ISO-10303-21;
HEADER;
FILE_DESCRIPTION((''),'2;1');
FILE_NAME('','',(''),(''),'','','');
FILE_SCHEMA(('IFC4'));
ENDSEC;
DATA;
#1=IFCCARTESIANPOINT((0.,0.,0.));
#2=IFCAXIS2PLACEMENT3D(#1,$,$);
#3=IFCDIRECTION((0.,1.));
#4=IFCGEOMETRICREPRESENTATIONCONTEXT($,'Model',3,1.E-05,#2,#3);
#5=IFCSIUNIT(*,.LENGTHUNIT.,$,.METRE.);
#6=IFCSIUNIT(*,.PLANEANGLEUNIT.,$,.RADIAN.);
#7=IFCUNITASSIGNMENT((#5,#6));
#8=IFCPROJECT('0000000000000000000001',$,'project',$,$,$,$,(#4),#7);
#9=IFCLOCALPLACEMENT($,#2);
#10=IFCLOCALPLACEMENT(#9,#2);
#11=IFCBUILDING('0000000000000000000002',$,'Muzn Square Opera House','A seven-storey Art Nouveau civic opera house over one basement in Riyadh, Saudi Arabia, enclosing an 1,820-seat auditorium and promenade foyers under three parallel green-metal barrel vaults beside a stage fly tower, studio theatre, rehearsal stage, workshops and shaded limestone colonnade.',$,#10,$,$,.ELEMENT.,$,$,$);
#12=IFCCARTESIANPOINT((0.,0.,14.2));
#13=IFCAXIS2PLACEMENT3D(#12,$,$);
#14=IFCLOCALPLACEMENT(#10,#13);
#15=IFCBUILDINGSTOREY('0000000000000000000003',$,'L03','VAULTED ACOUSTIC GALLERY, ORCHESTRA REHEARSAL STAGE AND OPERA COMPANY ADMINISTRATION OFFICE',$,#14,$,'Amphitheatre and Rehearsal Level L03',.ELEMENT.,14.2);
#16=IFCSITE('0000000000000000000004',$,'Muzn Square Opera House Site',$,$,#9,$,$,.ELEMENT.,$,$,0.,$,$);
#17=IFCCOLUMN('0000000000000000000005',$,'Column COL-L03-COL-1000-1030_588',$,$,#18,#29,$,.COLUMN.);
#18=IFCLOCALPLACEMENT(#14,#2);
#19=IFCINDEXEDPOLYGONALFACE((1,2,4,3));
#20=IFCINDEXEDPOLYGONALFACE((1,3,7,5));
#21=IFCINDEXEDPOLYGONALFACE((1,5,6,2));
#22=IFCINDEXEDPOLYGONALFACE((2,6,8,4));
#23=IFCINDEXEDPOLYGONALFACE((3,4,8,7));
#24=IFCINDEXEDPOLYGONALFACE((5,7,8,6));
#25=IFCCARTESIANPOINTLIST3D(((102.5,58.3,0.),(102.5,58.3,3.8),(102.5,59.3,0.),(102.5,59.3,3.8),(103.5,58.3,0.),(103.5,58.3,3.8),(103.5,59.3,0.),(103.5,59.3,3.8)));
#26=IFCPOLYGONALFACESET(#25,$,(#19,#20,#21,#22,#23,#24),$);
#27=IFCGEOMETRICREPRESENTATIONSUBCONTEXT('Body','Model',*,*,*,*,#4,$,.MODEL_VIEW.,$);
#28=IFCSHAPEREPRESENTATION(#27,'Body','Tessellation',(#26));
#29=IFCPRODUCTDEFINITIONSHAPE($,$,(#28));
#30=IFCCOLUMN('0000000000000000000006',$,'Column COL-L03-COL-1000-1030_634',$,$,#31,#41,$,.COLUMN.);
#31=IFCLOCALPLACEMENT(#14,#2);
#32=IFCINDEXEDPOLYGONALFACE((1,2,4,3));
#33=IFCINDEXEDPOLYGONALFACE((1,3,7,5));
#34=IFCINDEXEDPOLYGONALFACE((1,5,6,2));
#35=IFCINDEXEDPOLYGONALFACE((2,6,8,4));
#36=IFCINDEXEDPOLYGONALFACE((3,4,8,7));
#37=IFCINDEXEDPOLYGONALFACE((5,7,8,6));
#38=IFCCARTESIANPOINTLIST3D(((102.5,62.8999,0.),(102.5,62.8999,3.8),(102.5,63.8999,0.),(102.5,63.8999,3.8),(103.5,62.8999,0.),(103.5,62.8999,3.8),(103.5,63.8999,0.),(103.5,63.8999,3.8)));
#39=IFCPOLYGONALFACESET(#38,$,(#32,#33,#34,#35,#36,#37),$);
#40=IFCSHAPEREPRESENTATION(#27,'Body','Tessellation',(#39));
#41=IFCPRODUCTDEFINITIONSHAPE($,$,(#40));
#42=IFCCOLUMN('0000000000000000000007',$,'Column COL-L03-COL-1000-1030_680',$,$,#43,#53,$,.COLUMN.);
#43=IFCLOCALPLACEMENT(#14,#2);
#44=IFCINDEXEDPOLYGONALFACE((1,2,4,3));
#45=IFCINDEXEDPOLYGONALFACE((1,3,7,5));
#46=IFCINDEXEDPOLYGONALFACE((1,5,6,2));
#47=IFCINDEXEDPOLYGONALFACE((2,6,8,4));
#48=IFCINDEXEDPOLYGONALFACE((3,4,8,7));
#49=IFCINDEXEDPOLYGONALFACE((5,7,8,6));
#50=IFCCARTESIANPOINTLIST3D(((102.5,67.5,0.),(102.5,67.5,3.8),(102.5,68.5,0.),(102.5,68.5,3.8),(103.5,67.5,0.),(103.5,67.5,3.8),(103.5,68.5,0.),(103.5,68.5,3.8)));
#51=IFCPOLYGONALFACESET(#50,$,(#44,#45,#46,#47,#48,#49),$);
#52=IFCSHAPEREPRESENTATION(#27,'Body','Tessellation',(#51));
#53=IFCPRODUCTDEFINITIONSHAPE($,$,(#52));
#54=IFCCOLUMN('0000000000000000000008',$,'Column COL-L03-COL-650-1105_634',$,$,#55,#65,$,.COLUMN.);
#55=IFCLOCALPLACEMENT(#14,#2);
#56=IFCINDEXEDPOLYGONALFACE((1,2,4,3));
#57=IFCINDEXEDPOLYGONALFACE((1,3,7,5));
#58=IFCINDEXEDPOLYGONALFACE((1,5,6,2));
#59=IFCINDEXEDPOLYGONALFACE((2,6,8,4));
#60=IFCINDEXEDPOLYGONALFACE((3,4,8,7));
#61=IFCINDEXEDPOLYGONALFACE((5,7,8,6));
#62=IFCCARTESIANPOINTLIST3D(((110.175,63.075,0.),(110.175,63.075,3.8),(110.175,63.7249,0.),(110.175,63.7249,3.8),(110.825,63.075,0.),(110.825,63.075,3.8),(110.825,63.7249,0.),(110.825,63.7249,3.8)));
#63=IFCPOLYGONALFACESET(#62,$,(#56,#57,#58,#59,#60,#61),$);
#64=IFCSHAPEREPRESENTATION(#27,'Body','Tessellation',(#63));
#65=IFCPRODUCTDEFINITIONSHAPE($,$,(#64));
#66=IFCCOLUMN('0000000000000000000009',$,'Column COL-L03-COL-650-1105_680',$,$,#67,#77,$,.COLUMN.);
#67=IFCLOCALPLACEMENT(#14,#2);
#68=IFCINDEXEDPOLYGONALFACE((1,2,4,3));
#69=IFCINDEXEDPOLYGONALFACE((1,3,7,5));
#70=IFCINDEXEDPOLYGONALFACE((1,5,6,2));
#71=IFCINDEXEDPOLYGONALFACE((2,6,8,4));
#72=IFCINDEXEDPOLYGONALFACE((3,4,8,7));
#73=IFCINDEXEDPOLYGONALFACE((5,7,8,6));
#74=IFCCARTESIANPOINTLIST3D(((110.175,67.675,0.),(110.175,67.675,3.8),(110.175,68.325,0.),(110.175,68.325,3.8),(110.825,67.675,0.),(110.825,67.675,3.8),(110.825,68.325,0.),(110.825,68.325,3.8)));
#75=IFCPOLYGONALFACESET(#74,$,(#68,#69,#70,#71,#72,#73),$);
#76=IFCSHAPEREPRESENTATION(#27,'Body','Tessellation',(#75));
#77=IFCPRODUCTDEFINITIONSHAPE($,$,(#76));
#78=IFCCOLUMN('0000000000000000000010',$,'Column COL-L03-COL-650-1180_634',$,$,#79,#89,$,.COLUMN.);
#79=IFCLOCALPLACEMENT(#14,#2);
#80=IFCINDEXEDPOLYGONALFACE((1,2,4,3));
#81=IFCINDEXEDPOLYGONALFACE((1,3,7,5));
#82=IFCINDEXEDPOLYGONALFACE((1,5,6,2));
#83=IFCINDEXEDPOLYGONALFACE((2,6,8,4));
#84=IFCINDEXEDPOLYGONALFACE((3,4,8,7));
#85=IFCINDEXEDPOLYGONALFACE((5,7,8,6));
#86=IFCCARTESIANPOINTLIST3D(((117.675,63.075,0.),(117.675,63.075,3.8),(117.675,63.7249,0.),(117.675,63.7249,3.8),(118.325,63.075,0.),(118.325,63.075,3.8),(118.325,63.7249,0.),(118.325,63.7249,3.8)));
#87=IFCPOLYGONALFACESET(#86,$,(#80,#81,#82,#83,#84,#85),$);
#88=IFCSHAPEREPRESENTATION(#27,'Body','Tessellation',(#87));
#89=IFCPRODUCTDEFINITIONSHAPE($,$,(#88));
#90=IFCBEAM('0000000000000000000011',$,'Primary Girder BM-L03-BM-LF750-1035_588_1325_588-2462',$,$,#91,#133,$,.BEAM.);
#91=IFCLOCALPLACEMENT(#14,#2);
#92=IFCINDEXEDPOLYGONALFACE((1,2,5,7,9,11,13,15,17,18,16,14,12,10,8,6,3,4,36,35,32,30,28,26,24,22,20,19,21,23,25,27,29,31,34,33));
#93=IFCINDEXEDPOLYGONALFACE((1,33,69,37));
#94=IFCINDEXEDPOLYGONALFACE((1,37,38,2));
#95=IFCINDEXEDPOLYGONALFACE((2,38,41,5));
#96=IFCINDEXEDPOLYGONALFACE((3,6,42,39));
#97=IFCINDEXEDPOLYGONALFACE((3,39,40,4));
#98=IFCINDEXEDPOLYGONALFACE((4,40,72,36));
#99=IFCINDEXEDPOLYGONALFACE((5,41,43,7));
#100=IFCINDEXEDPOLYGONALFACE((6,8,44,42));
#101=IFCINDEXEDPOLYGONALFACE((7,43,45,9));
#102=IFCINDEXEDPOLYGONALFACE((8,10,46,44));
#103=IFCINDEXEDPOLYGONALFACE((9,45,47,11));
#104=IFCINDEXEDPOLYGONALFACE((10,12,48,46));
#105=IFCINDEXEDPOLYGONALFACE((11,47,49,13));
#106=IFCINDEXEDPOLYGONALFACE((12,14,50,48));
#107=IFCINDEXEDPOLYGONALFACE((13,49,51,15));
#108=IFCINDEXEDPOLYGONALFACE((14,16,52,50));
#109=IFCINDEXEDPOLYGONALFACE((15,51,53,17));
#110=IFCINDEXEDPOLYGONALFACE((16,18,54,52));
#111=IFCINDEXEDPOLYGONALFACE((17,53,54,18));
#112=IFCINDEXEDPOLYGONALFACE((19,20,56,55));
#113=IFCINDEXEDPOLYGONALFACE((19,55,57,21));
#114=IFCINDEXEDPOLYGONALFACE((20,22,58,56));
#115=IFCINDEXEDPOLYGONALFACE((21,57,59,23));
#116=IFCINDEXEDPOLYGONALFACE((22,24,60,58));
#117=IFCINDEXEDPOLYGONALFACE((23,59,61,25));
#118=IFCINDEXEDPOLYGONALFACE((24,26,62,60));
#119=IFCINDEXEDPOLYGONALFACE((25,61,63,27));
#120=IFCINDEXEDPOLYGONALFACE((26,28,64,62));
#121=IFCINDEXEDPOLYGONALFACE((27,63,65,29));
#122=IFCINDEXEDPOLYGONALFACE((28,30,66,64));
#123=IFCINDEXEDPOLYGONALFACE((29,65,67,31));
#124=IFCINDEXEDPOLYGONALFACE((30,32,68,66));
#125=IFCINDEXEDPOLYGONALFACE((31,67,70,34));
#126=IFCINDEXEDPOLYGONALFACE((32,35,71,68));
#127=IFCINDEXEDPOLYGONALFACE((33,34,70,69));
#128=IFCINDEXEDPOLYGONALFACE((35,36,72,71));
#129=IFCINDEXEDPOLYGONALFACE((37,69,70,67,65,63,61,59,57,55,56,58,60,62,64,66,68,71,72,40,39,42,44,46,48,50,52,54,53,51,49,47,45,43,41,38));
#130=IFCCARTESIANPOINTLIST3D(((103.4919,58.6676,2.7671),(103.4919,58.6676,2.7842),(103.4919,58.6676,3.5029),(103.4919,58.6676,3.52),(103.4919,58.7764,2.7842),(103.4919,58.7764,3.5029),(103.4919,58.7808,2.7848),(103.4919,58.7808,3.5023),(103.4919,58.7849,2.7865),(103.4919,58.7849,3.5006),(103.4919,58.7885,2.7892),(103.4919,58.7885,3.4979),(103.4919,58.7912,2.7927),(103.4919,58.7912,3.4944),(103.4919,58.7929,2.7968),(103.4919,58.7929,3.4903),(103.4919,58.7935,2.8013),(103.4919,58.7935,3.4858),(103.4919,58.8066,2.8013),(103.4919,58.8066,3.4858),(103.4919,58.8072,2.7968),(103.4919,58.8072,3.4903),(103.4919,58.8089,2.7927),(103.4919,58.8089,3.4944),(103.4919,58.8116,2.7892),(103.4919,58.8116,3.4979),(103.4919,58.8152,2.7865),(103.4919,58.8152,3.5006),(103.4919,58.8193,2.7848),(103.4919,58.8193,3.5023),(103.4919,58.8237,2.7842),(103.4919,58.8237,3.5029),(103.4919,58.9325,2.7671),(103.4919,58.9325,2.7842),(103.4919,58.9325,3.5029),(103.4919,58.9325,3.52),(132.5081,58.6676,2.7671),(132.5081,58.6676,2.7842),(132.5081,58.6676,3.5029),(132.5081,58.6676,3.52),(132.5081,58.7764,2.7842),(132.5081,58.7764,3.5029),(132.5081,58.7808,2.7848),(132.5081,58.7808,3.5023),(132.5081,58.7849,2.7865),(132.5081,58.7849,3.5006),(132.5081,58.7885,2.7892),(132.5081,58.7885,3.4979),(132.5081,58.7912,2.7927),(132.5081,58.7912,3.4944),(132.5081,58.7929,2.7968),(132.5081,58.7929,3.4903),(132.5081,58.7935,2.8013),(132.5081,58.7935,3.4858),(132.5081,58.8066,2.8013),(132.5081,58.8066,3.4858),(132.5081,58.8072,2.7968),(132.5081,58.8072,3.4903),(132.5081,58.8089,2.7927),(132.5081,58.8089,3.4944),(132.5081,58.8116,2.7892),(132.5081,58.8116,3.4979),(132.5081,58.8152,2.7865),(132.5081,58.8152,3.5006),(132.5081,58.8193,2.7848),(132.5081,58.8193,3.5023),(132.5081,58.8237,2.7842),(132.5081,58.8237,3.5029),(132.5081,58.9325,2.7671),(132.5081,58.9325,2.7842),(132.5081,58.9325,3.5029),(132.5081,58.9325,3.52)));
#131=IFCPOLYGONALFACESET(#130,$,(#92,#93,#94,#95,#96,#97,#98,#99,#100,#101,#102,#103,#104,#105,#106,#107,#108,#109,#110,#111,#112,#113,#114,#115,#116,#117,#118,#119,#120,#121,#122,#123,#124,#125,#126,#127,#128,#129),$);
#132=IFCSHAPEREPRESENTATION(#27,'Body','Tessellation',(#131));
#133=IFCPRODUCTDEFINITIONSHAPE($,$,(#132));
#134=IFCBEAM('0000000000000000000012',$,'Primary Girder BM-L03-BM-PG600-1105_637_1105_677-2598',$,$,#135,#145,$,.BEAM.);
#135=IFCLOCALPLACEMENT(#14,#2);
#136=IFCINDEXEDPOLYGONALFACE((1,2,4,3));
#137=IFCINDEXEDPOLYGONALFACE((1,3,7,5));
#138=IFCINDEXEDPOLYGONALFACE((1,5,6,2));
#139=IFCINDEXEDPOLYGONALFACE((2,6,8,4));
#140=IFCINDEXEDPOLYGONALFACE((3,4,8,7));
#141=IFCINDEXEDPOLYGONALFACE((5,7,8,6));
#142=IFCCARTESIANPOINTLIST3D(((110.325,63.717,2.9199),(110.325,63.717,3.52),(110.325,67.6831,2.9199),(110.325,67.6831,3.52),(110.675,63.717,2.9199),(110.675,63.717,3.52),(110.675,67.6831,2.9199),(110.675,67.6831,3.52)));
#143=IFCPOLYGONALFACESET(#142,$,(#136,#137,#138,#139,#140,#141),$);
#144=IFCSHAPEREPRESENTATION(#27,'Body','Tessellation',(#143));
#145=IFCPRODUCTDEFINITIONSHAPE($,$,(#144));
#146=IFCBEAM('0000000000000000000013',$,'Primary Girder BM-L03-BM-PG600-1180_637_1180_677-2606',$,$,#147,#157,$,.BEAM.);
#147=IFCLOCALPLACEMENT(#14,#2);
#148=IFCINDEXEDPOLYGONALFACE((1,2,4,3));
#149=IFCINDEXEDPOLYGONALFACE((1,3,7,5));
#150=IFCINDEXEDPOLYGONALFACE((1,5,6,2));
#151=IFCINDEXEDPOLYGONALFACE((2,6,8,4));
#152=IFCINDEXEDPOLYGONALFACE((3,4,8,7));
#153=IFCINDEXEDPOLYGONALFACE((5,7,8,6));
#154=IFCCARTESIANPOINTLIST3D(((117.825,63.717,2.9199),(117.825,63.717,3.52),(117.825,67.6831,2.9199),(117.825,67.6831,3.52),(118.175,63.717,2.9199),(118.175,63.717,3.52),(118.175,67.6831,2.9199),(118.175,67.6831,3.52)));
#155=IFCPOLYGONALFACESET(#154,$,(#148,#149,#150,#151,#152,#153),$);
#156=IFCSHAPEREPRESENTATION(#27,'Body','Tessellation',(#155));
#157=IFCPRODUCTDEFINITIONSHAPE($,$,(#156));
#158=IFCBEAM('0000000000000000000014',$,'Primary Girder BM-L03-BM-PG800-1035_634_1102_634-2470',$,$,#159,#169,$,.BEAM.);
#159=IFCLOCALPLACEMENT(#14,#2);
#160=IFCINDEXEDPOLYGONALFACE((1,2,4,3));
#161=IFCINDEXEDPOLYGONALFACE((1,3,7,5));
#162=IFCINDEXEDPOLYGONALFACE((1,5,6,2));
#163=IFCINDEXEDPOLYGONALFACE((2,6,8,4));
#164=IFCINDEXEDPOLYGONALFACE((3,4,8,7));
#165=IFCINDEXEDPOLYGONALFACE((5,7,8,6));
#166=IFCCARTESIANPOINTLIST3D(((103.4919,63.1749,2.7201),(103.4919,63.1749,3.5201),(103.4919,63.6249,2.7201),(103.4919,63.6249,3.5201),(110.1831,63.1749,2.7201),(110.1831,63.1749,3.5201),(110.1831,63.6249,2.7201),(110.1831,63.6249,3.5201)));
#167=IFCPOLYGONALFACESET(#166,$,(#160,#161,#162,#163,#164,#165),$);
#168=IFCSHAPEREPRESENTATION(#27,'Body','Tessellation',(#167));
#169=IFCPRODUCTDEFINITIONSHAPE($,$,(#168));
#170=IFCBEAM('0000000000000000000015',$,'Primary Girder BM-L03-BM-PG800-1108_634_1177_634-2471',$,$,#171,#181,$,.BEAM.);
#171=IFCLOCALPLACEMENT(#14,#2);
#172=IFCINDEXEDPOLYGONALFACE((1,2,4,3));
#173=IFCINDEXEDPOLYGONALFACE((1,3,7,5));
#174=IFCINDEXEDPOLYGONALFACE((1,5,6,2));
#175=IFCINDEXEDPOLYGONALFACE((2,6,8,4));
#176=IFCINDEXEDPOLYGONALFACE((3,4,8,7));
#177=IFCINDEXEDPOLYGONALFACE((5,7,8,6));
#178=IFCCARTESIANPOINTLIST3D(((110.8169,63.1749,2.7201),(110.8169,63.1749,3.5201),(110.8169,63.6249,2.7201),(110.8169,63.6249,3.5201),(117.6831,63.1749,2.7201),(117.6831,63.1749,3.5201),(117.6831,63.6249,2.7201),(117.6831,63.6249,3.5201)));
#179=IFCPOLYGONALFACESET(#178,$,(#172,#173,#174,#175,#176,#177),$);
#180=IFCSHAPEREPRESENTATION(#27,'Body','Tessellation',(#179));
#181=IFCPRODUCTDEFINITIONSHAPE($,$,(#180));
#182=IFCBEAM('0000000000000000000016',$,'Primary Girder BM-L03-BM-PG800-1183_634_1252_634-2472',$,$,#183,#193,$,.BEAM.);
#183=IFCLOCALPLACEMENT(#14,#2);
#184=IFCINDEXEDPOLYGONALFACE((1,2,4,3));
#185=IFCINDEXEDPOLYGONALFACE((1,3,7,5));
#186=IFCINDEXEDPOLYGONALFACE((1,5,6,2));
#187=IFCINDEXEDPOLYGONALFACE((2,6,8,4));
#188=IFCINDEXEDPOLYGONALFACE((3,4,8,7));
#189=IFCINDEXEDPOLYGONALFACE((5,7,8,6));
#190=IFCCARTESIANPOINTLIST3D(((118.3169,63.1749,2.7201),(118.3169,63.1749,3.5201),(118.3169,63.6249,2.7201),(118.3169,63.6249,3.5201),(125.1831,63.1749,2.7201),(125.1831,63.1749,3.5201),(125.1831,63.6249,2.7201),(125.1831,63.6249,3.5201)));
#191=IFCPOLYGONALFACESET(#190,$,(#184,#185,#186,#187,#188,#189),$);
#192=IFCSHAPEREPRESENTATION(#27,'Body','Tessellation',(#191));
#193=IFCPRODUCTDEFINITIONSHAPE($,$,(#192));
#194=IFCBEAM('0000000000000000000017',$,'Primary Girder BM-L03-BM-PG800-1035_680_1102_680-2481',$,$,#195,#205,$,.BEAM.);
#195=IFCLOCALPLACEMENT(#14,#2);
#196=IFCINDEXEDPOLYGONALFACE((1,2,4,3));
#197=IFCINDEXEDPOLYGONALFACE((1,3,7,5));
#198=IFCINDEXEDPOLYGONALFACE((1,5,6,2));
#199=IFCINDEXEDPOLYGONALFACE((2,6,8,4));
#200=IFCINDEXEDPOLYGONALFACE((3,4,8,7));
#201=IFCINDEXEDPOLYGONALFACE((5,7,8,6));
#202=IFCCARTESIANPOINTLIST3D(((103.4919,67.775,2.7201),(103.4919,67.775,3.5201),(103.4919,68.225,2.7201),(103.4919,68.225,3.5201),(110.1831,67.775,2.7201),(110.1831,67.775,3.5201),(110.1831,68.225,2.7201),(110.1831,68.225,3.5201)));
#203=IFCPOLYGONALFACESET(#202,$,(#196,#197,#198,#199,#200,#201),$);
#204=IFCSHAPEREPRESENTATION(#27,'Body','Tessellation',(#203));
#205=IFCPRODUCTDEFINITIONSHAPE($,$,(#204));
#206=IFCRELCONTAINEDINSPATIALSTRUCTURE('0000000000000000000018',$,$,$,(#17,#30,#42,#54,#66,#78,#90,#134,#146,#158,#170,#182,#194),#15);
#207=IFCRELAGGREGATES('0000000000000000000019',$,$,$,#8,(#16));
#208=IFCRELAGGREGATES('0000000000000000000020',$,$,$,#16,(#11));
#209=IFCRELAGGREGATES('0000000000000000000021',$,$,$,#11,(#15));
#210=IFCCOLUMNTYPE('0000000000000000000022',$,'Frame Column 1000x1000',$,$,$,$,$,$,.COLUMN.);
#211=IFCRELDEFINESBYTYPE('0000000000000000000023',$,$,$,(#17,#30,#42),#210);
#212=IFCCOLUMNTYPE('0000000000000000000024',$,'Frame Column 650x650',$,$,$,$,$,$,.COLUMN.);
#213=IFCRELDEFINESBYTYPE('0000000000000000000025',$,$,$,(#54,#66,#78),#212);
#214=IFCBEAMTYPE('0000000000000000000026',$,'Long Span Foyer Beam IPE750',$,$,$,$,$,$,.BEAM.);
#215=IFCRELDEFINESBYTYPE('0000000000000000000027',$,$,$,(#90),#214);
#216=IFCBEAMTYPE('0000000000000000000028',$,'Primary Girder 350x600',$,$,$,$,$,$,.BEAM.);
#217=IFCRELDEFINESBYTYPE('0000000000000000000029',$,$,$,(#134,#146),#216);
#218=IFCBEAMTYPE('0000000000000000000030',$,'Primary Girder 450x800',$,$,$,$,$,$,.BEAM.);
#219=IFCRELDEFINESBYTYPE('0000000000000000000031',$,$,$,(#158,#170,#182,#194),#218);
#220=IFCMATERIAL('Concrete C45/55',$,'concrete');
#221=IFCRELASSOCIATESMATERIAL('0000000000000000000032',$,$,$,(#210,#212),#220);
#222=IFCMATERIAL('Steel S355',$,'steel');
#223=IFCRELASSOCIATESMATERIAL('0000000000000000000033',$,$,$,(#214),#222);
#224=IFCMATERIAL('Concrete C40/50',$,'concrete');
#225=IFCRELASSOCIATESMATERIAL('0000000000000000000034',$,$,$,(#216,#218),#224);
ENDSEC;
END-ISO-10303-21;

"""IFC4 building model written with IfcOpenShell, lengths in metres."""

from ifc_helpers import new_model, si_unit, direction, frame, origin, origin_2d, place, context, subcontext, project, spatial, rectangle, i_section, extrude, material, material_profile, profile_set, type_object, element, save


model = new_model("IFC4")

# Units and contexts
model_context = context("Model", 3, precision=1e-05, world=origin(), true_north=direction((0.0, 1.0)))
body_context = subcontext(model_context, "Body", "Model", "MODEL_VIEW")
ifc_project = project(units=[si_unit("LENGTHUNIT", "METRE"), si_unit("PLANEANGLEUNIT", "RADIAN")], contexts=[model_context])

# Site, building, storey
site_placement = place(None, origin())
site = spatial("IfcSite", under=ifc_project, at=site_placement, Name="Muzn Square Opera House Site", CompositionType="ELEMENT", RefElevation=0.0)
building_placement = place(site_placement, origin())
building = spatial("IfcBuilding", under=site, at=building_placement, Name="Muzn Square Opera House", Description="A seven-storey Art Nouveau civic opera house over one basement in Riyadh, Saudi Arabia, enclosing an 1,820-seat auditorium and promenade foyers under three parallel green-metal barrel vaults beside a stage fly tower, studio theatre, rehearsal stage, workshops and shaded limestone colonnade.", CompositionType="ELEMENT")
storey_placement = place(building_placement, frame((0.0, 0.0, 14.2)))
storey = spatial("IfcBuildingStorey", under=building, at=storey_placement, Name="L03", Description="VAULTED ACOUSTIC GALLERY, ORCHESTRA REHEARSAL STAGE AND OPERA COMPANY ADMINISTRATION OFFICE", LongName="Amphitheatre and Rehearsal Level L03", CompositionType="ELEMENT", Elevation=14.2)

# Columns
ifc_material_1 = material(Name="Concrete C45/55", Category="concrete")
ifc_material_profile_1 = material_profile(ifc_material_1, rectangle(XDim=1.0, YDim=1.0, at=origin_2d()), Name="RC 1000x1000", Category="concrete")
ifc_profile_set_1 = profile_set([ifc_material_profile_1], Name="Concrete C45/55")
column_type_1 = type_object("IfcColumnType", Name="Frame Column 1000x1000", PredefinedType="COLUMN", material=ifc_profile_set_1)
for number, where, z_axis, x_axis, name in (
    (1, (103.0, 58.8, 0.0), (0.0, 0.0, 1.0), (1.0, 0.0, 0.0), "Column COL-L03-COL-1000-1030_588"),
    (2, (103.0, 63.3999, 0.0), (0.0, 0.0, 1.0), (1.0, 0.0, 0.0), "Column COL-L03-COL-1000-1030_634"),
    (3, (103.0, 68.0, 0.0), (0.0, 0.0, 1.0), (1.0, 0.0, 0.0), "Column COL-L03-COL-1000-1030_680"),
):
    element("IfcColumn", number, at=place(storey_placement, frame(where, z_axis=z_axis, x_axis=x_axis)), inside=storey, type_object=column_type_1, Name=name, PredefinedType="COLUMN", context=body_context, shape_type="SweptSolid", body=[
        extrude(rectangle(XDim=1.0, YDim=1.0, at=origin_2d()), origin(), (0.0, 0.0, 1.0), 3.8),
    ])
ifc_material_profile_2 = material_profile(ifc_material_1, rectangle(XDim=0.6499, YDim=0.6499, at=origin_2d()), Name="RC 650x650", Category="concrete")
ifc_profile_set_2 = profile_set([ifc_material_profile_2], Name="Concrete C45/55")
column_type_2 = type_object("IfcColumnType", Name="Frame Column 650x650", PredefinedType="COLUMN", material=ifc_profile_set_2)
for number, where, z_axis, x_axis, name in (
    (4, (110.5, 63.3999, 0.0), (0.0, 0.0, 1.0), (1.0, 0.0, 0.0), "Column COL-L03-COL-650-1105_634"),
    (5, (110.5, 68.0, 0.0), (0.0, 0.0, 1.0), (1.0, 0.0, 0.0), "Column COL-L03-COL-650-1105_680"),
    (6, (118.0, 63.3999, 0.0), (0.0, 0.0, 1.0), (1.0, 0.0, 0.0), "Column COL-L03-COL-650-1180_634"),
):
    element("IfcColumn", number, at=place(storey_placement, frame(where, z_axis=z_axis, x_axis=x_axis)), inside=storey, type_object=column_type_2, Name=name, PredefinedType="COLUMN", context=body_context, shape_type="SweptSolid", body=[
        extrude(rectangle(XDim=0.6499, YDim=0.6499, at=origin_2d()), origin(), (0.0, 0.0, 1.0), 3.8),
    ])

# Beams
ifc_material_2 = material(Name="Steel S355", Category="steel")
ifc_material_profile_3 = material_profile(ifc_material_2, i_section(OverallWidth=0.2649, OverallDepth=0.7529, WebThickness=0.0132, FlangeThickness=0.0171, FilletRadius=0.0171, at=origin_2d()), Name="IPE 750x147", Category="steel")
ifc_profile_set_3 = profile_set([ifc_material_profile_3], Name="Steel S355")
beam_type_1 = type_object("IfcBeamType", Name="Long Span Foyer Beam IPE750", PredefinedType="BEAM", material=ifc_profile_set_3)
beam_1_placement = place(storey_placement, frame((103.4919, 58.8, 3.1436), z_axis=(1.0, 0.0, 0.0), x_axis=(0.0, 1.0, 0.0)))
element("IfcBeam", 7, at=beam_1_placement, inside=storey, type_object=beam_type_1, Name="Primary Girder BM-L03-BM-LF750-1035_588_1325_588-2462", PredefinedType="BEAM", context=body_context, shape_type="SweptSolid", body=[
    extrude(i_section(OverallWidth=0.2649, OverallDepth=0.7529, WebThickness=0.0132, FlangeThickness=0.0171, FilletRadius=0.0171, at=origin_2d()), origin(), (0.0, 0.0, 1.0), 29.0161),
])
ifc_material_3 = material(Name="Concrete C40/50", Category="concrete")
ifc_material_profile_4 = material_profile(ifc_material_3, rectangle(XDim=0.3501, YDim=0.6001, at=origin_2d()), Name="RCB 350x600", Category="concrete")
ifc_profile_set_4 = profile_set([ifc_material_profile_4], Name="Concrete C40/50")
beam_type_2 = type_object("IfcBeamType", Name="Primary Girder 350x600", PredefinedType="BEAM", material=ifc_profile_set_4)
for number, where, z_axis, x_axis, name in (
    (8, (110.5, 63.717, 3.22), (0.0, 1.0, 0.0), (-1.0, 0.0, 0.0), "Primary Girder BM-L03-BM-PG600-1105_637_1105_677-2598"),
    (9, (118.0, 63.717, 3.22), (0.0, 1.0, 0.0), (-1.0, 0.0, 0.0), "Primary Girder BM-L03-BM-PG600-1180_637_1180_677-2606"),
):
    element("IfcBeam", number, at=place(storey_placement, frame(where, z_axis=z_axis, x_axis=x_axis)), inside=storey, type_object=beam_type_2, Name=name, PredefinedType="BEAM", context=body_context, shape_type="SweptSolid", body=[
        extrude(rectangle(XDim=0.3501, YDim=0.6001, at=origin_2d()), origin(), (0.0, 0.0, 1.0), 3.9661),
    ])
ifc_material_profile_5 = material_profile(ifc_material_3, rectangle(XDim=0.45, YDim=0.8, at=origin_2d()), Name="RCB 450x800", Category="concrete")
ifc_profile_set_5 = profile_set([ifc_material_profile_5], Name="Concrete C40/50")
beam_type_3 = type_object("IfcBeamType", Name="Primary Girder 450x800", PredefinedType="BEAM", material=ifc_profile_set_5)
beam_2_placement = place(storey_placement, frame((103.4919, 63.3999, 3.1201), z_axis=(1.0, 0.0, 0.0), x_axis=(0.0, 1.0, 0.0)))
element("IfcBeam", 10, at=beam_2_placement, inside=storey, type_object=beam_type_3, Name="Primary Girder BM-L03-BM-PG800-1035_634_1102_634-2470", PredefinedType="BEAM", context=body_context, shape_type="SweptSolid", body=[
    extrude(rectangle(XDim=0.45, YDim=0.8, at=origin_2d()), origin(), (0.0, 0.0, 1.0), 6.6912),
])
for number, where, z_axis, x_axis, name in (
    (11, (110.8169, 63.3999, 3.1201), (1.0, 0.0, 0.0), (0.0, 1.0, 0.0), "Primary Girder BM-L03-BM-PG800-1108_634_1177_634-2471"),
    (12, (118.3169, 63.3999, 3.1201), (1.0, 0.0, 0.0), (0.0, 1.0, 0.0), "Primary Girder BM-L03-BM-PG800-1183_634_1252_634-2472"),
):
    element("IfcBeam", number, at=place(storey_placement, frame(where, z_axis=z_axis, x_axis=x_axis)), inside=storey, type_object=beam_type_3, Name=name, PredefinedType="BEAM", context=body_context, shape_type="SweptSolid", body=[
        extrude(rectangle(XDim=0.45, YDim=0.8, at=origin_2d()), origin(), (0.0, 0.0, 1.0), 6.8662),
    ])
beam_3_placement = place(storey_placement, frame((103.4919, 68.0, 3.1201), z_axis=(1.0, 0.0, 0.0), x_axis=(0.0, 1.0, 0.0)))
element("IfcBeam", 13, at=beam_3_placement, inside=storey, type_object=beam_type_3, Name="Primary Girder BM-L03-BM-PG800-1035_680_1102_680-2481", PredefinedType="BEAM", context=body_context, shape_type="SweptSolid", body=[
    extrude(rectangle(XDim=0.45, YDim=0.8, at=origin_2d()), origin(), (0.0, 0.0, 1.0), 6.6912),
])

save(model, "model.ifc")
